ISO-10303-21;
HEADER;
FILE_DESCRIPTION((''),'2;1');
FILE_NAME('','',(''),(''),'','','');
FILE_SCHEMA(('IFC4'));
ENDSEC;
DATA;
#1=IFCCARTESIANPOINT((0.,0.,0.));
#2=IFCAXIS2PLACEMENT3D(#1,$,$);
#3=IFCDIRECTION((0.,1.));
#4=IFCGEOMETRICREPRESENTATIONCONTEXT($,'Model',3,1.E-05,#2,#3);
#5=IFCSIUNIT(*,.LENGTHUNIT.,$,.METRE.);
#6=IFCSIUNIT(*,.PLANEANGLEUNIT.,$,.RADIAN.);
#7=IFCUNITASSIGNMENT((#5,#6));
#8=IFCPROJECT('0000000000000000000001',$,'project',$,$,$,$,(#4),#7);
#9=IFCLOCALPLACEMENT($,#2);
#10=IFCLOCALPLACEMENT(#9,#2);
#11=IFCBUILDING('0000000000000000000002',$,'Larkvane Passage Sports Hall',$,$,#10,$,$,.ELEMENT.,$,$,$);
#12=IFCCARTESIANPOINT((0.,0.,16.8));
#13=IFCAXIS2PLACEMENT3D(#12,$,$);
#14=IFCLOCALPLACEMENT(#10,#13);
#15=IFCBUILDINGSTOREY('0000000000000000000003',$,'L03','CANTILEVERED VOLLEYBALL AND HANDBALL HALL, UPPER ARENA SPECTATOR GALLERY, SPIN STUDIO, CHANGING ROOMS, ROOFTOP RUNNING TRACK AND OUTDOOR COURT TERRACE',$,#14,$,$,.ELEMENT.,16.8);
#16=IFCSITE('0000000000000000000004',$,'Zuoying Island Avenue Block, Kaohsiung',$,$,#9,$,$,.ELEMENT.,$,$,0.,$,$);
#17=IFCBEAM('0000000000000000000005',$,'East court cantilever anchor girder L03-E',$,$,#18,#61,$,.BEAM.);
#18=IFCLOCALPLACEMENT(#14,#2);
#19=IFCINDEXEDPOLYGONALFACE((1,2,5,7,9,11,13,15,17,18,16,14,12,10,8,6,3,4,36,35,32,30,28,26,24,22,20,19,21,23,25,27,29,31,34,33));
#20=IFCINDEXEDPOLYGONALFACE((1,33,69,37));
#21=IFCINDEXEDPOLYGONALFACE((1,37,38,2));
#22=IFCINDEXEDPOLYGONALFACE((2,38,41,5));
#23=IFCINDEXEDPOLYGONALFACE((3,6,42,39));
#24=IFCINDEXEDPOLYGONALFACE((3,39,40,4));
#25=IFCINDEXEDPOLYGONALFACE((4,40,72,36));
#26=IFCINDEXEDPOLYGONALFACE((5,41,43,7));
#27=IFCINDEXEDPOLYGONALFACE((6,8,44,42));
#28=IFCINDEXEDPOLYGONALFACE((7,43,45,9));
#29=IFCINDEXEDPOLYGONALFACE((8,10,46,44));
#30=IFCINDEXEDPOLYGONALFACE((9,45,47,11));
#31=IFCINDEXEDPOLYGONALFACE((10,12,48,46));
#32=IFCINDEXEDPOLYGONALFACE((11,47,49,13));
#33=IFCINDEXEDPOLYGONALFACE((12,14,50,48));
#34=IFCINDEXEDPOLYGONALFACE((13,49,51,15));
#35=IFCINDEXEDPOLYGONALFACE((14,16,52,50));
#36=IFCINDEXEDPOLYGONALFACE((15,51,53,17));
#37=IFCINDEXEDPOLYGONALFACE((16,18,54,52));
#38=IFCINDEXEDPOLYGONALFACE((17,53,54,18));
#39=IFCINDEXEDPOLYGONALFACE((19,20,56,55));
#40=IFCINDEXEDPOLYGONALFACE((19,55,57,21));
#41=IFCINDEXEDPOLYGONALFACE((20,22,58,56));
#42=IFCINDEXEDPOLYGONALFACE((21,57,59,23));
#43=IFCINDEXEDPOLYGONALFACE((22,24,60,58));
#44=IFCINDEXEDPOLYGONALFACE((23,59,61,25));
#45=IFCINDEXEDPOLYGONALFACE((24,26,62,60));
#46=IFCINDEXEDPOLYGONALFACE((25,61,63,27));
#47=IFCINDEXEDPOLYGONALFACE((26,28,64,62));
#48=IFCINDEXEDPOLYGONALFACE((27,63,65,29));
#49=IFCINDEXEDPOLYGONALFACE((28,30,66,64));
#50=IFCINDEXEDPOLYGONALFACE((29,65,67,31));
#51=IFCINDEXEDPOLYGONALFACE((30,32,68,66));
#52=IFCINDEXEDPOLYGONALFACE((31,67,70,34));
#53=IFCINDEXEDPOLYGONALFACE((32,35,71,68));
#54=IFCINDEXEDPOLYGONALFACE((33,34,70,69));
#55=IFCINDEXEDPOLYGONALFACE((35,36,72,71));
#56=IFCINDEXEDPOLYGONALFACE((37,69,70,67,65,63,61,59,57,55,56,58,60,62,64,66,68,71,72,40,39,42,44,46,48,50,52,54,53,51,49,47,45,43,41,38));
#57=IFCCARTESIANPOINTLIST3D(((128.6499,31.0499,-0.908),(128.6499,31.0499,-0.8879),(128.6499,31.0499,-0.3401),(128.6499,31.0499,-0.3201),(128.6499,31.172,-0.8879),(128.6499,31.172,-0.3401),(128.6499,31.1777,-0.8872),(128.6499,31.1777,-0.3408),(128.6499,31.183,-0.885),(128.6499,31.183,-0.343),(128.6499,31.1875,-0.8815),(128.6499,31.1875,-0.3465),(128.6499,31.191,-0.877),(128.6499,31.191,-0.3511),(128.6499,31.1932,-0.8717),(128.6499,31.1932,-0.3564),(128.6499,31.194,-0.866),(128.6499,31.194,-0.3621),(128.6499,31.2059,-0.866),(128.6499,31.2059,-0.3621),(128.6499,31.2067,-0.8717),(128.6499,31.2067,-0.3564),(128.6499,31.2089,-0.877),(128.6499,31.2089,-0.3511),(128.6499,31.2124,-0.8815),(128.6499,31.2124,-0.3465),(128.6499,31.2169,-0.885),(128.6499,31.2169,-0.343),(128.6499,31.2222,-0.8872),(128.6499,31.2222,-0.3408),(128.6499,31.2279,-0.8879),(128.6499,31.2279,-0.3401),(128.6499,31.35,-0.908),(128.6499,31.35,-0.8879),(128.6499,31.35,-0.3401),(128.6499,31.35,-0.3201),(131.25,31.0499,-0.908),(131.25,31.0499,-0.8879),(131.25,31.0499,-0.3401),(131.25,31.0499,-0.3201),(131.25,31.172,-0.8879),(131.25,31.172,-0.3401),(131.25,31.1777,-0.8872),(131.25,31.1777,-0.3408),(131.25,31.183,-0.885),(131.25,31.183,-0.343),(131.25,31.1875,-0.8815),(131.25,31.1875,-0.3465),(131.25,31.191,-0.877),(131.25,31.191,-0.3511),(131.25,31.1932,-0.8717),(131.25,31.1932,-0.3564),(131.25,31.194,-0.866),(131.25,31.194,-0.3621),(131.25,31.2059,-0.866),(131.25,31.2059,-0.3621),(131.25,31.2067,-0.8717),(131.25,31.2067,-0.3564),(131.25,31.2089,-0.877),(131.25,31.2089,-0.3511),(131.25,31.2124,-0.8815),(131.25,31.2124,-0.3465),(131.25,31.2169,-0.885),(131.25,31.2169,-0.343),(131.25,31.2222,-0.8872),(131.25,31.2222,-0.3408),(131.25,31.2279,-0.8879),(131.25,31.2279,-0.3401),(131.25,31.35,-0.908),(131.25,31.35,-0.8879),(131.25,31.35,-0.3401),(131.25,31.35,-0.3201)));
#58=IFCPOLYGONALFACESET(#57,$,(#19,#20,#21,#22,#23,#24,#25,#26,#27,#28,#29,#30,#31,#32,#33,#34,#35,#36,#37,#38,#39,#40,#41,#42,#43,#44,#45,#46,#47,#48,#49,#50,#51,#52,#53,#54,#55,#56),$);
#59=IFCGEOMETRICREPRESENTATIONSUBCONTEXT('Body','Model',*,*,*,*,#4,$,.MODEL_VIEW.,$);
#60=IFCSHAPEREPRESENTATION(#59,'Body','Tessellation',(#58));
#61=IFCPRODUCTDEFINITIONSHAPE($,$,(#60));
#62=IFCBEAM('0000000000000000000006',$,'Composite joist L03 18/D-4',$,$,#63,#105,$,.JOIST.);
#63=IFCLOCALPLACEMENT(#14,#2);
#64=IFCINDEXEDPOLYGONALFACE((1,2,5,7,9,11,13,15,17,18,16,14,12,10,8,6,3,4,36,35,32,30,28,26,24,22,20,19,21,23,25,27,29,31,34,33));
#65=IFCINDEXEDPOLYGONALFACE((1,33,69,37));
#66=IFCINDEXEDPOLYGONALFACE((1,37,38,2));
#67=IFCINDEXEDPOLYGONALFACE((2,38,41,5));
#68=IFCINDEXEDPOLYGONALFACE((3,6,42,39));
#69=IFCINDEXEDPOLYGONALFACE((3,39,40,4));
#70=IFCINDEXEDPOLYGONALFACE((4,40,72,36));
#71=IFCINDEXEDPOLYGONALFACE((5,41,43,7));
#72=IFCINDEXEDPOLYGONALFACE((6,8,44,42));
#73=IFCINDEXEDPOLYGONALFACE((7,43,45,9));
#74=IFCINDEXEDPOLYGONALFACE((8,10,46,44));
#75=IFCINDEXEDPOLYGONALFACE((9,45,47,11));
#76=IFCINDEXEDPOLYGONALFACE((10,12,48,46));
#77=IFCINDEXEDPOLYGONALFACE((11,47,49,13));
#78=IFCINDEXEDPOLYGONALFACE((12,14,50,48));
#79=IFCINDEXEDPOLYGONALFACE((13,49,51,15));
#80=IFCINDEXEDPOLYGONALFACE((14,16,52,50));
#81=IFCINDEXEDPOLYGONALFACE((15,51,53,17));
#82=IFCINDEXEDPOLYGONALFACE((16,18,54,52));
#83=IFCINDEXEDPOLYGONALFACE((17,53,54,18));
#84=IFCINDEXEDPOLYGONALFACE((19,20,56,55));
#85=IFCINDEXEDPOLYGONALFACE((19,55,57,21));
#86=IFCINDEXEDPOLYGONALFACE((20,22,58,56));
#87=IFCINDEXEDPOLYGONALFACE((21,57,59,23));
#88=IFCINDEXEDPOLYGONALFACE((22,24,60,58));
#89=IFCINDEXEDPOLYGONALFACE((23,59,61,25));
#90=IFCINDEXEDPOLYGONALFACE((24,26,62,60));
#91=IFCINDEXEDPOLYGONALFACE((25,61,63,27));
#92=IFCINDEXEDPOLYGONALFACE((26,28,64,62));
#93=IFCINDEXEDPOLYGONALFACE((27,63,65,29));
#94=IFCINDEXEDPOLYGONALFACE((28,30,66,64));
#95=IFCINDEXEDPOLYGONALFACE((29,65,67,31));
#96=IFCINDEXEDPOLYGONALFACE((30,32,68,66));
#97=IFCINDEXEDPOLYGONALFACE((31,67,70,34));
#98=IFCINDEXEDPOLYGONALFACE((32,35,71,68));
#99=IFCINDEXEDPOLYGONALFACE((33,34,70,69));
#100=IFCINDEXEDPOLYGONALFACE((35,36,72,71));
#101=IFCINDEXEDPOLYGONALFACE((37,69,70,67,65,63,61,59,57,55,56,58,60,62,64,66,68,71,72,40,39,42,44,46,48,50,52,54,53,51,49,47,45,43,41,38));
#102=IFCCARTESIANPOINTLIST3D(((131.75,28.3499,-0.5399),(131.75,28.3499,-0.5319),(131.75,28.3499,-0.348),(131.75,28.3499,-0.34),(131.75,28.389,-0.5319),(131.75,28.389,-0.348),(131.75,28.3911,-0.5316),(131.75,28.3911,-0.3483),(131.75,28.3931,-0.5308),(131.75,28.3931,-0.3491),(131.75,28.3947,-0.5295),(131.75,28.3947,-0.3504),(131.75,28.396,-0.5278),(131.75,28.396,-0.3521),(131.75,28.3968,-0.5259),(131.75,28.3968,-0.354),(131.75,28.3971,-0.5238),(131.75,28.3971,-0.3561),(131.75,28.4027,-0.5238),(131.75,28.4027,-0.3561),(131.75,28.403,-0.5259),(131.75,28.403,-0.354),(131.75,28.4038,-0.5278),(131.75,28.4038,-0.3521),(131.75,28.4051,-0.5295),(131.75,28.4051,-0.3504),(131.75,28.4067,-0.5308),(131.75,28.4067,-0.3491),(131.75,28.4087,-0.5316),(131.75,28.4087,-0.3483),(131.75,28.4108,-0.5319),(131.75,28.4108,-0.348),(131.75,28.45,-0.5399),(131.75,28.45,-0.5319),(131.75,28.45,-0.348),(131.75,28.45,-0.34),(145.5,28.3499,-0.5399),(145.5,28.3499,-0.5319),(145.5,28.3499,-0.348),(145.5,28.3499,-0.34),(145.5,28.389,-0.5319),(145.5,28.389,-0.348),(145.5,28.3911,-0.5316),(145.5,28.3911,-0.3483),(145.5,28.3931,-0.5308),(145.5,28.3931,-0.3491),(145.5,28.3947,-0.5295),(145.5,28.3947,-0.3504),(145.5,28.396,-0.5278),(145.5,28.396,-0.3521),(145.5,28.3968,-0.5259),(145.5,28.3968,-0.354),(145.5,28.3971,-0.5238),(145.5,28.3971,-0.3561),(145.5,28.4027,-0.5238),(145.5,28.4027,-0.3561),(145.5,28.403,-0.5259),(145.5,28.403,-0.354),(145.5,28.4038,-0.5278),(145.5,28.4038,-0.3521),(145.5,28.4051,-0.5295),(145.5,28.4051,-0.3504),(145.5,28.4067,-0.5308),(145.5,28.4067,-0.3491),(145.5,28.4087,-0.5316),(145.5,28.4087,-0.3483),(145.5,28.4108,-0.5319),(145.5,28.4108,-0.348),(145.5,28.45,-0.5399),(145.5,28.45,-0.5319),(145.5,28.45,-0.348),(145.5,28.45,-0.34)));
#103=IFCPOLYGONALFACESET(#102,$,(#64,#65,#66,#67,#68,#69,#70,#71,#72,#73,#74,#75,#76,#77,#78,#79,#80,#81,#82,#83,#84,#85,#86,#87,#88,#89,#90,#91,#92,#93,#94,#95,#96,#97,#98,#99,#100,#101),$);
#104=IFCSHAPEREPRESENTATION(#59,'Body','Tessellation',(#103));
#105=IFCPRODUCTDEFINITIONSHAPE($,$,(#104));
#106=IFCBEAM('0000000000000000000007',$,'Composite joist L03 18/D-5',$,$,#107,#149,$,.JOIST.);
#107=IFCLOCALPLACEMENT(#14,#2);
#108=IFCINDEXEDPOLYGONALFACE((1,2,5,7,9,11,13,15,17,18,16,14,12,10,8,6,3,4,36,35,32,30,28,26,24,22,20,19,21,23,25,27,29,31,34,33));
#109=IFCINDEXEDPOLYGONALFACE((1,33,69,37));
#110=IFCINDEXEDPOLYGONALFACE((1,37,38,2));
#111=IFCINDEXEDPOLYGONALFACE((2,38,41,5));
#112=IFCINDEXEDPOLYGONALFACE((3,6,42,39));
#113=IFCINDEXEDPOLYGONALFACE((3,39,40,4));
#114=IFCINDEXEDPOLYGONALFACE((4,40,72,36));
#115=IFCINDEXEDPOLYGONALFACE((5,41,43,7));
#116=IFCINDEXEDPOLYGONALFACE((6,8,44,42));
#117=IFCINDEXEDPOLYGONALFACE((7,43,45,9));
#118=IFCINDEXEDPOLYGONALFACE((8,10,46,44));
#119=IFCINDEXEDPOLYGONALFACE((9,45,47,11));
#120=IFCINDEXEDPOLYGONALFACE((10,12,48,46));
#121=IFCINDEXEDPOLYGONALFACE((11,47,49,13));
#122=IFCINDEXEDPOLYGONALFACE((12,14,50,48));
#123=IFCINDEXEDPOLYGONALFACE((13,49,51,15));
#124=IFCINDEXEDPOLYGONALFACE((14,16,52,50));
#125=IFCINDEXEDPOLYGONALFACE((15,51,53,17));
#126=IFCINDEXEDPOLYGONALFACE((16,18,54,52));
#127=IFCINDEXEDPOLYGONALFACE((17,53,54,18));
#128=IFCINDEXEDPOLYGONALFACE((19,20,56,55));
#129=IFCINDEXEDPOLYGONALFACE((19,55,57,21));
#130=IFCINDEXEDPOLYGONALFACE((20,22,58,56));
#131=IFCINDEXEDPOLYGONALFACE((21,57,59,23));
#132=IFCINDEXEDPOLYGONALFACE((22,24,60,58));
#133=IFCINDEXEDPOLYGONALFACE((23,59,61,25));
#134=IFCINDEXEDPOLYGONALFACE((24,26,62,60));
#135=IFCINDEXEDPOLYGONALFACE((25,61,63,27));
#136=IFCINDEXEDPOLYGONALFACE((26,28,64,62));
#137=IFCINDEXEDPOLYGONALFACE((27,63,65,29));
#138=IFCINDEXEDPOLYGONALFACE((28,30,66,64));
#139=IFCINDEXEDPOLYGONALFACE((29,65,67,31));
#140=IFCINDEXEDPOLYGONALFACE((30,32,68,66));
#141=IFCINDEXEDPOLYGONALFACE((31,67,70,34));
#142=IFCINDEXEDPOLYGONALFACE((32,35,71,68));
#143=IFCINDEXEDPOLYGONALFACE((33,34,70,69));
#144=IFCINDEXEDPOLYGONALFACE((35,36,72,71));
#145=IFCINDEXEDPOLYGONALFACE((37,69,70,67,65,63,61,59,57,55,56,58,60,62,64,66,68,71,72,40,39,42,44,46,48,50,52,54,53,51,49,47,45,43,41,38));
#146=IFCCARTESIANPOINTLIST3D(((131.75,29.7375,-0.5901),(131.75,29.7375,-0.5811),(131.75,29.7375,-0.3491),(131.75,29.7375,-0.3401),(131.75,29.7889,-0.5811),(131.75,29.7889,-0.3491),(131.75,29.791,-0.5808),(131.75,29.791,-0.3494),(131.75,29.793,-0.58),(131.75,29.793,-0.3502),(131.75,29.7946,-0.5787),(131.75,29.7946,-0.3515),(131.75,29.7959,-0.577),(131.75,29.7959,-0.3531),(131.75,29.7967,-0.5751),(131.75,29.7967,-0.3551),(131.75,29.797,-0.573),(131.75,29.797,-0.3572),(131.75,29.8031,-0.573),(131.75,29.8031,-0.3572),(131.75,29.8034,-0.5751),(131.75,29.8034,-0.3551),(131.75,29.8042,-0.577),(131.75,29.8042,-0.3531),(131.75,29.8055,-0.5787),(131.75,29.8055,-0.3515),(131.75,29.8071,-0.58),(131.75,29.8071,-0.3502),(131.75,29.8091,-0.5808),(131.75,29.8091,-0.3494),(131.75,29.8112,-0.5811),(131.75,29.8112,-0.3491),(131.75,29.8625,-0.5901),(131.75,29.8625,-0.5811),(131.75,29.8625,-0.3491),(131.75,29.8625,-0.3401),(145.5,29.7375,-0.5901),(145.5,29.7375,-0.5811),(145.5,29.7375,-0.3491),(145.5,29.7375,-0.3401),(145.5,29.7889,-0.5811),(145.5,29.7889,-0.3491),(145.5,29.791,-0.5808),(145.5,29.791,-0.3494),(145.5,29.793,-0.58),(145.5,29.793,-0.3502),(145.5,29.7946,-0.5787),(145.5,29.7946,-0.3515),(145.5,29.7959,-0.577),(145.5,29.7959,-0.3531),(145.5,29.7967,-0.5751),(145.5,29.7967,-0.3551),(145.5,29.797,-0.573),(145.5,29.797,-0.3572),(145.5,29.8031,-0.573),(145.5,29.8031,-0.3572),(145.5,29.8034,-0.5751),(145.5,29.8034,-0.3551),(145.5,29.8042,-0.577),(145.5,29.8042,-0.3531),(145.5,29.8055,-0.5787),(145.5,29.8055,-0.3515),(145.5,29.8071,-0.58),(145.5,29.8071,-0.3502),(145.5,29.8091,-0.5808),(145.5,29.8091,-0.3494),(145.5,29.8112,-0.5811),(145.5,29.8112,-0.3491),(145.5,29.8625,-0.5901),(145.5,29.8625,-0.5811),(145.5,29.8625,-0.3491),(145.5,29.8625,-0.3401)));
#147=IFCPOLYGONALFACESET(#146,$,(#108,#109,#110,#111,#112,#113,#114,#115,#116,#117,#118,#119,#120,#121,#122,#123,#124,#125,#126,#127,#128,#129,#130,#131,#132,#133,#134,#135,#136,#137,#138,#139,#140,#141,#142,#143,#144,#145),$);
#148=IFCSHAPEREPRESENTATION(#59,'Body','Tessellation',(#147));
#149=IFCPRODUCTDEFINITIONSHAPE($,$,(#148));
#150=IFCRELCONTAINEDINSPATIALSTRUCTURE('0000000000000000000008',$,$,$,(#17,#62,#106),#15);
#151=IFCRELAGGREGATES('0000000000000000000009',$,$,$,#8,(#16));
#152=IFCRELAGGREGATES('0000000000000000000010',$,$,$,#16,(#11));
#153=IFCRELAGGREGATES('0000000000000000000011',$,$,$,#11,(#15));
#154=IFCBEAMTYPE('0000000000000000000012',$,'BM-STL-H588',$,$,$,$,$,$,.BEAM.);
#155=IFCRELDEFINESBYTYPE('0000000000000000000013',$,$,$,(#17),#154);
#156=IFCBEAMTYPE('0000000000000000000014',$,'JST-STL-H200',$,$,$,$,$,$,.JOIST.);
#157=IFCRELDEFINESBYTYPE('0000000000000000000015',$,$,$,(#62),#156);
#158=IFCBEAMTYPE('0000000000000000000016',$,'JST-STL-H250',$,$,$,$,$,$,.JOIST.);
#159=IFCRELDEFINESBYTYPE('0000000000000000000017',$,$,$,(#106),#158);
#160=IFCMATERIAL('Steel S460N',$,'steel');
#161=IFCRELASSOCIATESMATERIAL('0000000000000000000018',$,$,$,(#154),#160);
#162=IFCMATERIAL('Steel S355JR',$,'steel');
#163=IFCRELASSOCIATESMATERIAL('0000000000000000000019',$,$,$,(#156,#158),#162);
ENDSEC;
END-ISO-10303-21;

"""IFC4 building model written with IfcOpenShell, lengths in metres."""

from ifc_helpers import new_model, si_unit, direction, frame, origin, origin_2d, place, context, subcontext, project, spatial, i_section, extrude, material, material_profile, profile_set, type_object, element, save


model = new_model("IFC4")

# Units and contexts
model_context = context("Model", 3, precision=1e-05, world=origin(), true_north=direction((0.0, 1.0)))
body_context = subcontext(model_context, "Body", "Model", "MODEL_VIEW")
ifc_project = project(units=[si_unit("LENGTHUNIT", "METRE"), si_unit("PLANEANGLEUNIT", "RADIAN")], contexts=[model_context])

# Site, building, storey
site_placement = place(None, origin())
site = spatial("IfcSite", under=ifc_project, at=site_placement, Name="Zuoying Island Avenue Block, Kaohsiung", CompositionType="ELEMENT", RefElevation=0.0)
building_placement = place(site_placement, origin())
building = spatial("IfcBuilding", under=site, at=building_placement, Name="Larkvane Passage Sports Hall", CompositionType="ELEMENT")
storey_placement = place(building_placement, frame((0.0, 0.0, 16.8)))
storey = spatial("IfcBuildingStorey", under=building, at=storey_placement, Name="L03", Description="CANTILEVERED VOLLEYBALL AND HANDBALL HALL, UPPER ARENA SPECTATOR GALLERY, SPIN STUDIO, CHANGING ROOMS, ROOFTOP RUNNING TRACK AND OUTDOOR COURT TERRACE", CompositionType="ELEMENT", Elevation=16.8)

# Shared definitions
ifc_material_1 = material(Name="Steel S460N", Category="steel")

# Beams
ifc_material_2 = material(Name="Steel S355JR", Category="steel")
ifc_material_profile_1 = material_profile(ifc_material_1, i_section(OverallWidth=0.3, OverallDepth=0.5879, WebThickness=0.012, FlangeThickness=0.02, FilletRadius=0.022, at=origin_2d()), Name="H-588x300x12x20")
ifc_profile_set_1 = profile_set([ifc_material_profile_1], Name="Steel S460N")
beam_type_1 = type_object("IfcBeamType", Name="BM-STL-H588", PredefinedType="BEAM", material=ifc_profile_set_1)
beam_1_placement = place(storey_placement, frame((128.6499, 31.2, -0.614), z_axis=(1.0, 0.0, 0.0), x_axis=(0.0, 1.0, 0.0)))
element("IfcBeam", 1, at=beam_1_placement, inside=storey, type_object=beam_type_1, Name="East court cantilever anchor girder L03-E", PredefinedType="BEAM", context=body_context, shape_type="SweptSolid", body=[
    extrude(i_section(OverallWidth=0.3, OverallDepth=0.5879, WebThickness=0.012, FlangeThickness=0.02, FilletRadius=0.022, at=origin_2d()), origin(), (0.0, 0.0, 1.0), 2.6001),
])
ifc_material_profile_2 = material_profile(ifc_material_2, i_section(OverallWidth=0.1001, OverallDepth=0.2, WebThickness=0.0056, FlangeThickness=0.0081, FilletRadius=0.0081, at=origin_2d()), Name="H-200x100x5.5x8")
ifc_profile_set_2 = profile_set([ifc_material_profile_2], Name="Steel S355JR")
beam_type_2 = type_object("IfcBeamType", Name="JST-STL-H200", PredefinedType="JOIST", material=ifc_profile_set_2)
beam_2_placement = place(storey_placement, frame((131.75, 28.3999, -0.4399), z_axis=(1.0, 0.0, 0.0), x_axis=(0.0, 1.0, 0.0)))
element("IfcBeam", 2, at=beam_2_placement, inside=storey, type_object=beam_type_2, Name="Composite joist L03 18/D-4", PredefinedType="JOIST", context=body_context, shape_type="SweptSolid", body=[
    extrude(i_section(OverallWidth=0.1001, OverallDepth=0.2, WebThickness=0.0056, FlangeThickness=0.0081, FilletRadius=0.0081, at=origin_2d()), origin(), (0.0, 0.0, 1.0), 13.75),
])
ifc_material_profile_3 = material_profile(ifc_material_2, i_section(OverallWidth=0.125, OverallDepth=0.25, WebThickness=0.0061, FlangeThickness=0.009, FilletRadius=0.0081, at=origin_2d()), Name="H-250x125x6x9")
ifc_profile_set_3 = profile_set([ifc_material_profile_3], Name="Steel S355JR")
beam_type_3 = type_object("IfcBeamType", Name="JST-STL-H250", PredefinedType="JOIST", material=ifc_profile_set_3)
beam_3_placement = place(storey_placement, frame((131.75, 29.8, -0.4651), z_axis=(1.0, 0.0, 0.0), x_axis=(0.0, 1.0, 0.0)))
element("IfcBeam", 3, at=beam_3_placement, inside=storey, type_object=beam_type_3, Name="Composite joist L03 18/D-5", PredefinedType="JOIST", context=body_context, shape_type="SweptSolid", body=[
    extrude(i_section(OverallWidth=0.125, OverallDepth=0.25, WebThickness=0.0061, FlangeThickness=0.009, FilletRadius=0.0081, at=origin_2d()), origin(), (0.0, 0.0, 1.0), 13.75),
])

save(model, "model.ifc")
